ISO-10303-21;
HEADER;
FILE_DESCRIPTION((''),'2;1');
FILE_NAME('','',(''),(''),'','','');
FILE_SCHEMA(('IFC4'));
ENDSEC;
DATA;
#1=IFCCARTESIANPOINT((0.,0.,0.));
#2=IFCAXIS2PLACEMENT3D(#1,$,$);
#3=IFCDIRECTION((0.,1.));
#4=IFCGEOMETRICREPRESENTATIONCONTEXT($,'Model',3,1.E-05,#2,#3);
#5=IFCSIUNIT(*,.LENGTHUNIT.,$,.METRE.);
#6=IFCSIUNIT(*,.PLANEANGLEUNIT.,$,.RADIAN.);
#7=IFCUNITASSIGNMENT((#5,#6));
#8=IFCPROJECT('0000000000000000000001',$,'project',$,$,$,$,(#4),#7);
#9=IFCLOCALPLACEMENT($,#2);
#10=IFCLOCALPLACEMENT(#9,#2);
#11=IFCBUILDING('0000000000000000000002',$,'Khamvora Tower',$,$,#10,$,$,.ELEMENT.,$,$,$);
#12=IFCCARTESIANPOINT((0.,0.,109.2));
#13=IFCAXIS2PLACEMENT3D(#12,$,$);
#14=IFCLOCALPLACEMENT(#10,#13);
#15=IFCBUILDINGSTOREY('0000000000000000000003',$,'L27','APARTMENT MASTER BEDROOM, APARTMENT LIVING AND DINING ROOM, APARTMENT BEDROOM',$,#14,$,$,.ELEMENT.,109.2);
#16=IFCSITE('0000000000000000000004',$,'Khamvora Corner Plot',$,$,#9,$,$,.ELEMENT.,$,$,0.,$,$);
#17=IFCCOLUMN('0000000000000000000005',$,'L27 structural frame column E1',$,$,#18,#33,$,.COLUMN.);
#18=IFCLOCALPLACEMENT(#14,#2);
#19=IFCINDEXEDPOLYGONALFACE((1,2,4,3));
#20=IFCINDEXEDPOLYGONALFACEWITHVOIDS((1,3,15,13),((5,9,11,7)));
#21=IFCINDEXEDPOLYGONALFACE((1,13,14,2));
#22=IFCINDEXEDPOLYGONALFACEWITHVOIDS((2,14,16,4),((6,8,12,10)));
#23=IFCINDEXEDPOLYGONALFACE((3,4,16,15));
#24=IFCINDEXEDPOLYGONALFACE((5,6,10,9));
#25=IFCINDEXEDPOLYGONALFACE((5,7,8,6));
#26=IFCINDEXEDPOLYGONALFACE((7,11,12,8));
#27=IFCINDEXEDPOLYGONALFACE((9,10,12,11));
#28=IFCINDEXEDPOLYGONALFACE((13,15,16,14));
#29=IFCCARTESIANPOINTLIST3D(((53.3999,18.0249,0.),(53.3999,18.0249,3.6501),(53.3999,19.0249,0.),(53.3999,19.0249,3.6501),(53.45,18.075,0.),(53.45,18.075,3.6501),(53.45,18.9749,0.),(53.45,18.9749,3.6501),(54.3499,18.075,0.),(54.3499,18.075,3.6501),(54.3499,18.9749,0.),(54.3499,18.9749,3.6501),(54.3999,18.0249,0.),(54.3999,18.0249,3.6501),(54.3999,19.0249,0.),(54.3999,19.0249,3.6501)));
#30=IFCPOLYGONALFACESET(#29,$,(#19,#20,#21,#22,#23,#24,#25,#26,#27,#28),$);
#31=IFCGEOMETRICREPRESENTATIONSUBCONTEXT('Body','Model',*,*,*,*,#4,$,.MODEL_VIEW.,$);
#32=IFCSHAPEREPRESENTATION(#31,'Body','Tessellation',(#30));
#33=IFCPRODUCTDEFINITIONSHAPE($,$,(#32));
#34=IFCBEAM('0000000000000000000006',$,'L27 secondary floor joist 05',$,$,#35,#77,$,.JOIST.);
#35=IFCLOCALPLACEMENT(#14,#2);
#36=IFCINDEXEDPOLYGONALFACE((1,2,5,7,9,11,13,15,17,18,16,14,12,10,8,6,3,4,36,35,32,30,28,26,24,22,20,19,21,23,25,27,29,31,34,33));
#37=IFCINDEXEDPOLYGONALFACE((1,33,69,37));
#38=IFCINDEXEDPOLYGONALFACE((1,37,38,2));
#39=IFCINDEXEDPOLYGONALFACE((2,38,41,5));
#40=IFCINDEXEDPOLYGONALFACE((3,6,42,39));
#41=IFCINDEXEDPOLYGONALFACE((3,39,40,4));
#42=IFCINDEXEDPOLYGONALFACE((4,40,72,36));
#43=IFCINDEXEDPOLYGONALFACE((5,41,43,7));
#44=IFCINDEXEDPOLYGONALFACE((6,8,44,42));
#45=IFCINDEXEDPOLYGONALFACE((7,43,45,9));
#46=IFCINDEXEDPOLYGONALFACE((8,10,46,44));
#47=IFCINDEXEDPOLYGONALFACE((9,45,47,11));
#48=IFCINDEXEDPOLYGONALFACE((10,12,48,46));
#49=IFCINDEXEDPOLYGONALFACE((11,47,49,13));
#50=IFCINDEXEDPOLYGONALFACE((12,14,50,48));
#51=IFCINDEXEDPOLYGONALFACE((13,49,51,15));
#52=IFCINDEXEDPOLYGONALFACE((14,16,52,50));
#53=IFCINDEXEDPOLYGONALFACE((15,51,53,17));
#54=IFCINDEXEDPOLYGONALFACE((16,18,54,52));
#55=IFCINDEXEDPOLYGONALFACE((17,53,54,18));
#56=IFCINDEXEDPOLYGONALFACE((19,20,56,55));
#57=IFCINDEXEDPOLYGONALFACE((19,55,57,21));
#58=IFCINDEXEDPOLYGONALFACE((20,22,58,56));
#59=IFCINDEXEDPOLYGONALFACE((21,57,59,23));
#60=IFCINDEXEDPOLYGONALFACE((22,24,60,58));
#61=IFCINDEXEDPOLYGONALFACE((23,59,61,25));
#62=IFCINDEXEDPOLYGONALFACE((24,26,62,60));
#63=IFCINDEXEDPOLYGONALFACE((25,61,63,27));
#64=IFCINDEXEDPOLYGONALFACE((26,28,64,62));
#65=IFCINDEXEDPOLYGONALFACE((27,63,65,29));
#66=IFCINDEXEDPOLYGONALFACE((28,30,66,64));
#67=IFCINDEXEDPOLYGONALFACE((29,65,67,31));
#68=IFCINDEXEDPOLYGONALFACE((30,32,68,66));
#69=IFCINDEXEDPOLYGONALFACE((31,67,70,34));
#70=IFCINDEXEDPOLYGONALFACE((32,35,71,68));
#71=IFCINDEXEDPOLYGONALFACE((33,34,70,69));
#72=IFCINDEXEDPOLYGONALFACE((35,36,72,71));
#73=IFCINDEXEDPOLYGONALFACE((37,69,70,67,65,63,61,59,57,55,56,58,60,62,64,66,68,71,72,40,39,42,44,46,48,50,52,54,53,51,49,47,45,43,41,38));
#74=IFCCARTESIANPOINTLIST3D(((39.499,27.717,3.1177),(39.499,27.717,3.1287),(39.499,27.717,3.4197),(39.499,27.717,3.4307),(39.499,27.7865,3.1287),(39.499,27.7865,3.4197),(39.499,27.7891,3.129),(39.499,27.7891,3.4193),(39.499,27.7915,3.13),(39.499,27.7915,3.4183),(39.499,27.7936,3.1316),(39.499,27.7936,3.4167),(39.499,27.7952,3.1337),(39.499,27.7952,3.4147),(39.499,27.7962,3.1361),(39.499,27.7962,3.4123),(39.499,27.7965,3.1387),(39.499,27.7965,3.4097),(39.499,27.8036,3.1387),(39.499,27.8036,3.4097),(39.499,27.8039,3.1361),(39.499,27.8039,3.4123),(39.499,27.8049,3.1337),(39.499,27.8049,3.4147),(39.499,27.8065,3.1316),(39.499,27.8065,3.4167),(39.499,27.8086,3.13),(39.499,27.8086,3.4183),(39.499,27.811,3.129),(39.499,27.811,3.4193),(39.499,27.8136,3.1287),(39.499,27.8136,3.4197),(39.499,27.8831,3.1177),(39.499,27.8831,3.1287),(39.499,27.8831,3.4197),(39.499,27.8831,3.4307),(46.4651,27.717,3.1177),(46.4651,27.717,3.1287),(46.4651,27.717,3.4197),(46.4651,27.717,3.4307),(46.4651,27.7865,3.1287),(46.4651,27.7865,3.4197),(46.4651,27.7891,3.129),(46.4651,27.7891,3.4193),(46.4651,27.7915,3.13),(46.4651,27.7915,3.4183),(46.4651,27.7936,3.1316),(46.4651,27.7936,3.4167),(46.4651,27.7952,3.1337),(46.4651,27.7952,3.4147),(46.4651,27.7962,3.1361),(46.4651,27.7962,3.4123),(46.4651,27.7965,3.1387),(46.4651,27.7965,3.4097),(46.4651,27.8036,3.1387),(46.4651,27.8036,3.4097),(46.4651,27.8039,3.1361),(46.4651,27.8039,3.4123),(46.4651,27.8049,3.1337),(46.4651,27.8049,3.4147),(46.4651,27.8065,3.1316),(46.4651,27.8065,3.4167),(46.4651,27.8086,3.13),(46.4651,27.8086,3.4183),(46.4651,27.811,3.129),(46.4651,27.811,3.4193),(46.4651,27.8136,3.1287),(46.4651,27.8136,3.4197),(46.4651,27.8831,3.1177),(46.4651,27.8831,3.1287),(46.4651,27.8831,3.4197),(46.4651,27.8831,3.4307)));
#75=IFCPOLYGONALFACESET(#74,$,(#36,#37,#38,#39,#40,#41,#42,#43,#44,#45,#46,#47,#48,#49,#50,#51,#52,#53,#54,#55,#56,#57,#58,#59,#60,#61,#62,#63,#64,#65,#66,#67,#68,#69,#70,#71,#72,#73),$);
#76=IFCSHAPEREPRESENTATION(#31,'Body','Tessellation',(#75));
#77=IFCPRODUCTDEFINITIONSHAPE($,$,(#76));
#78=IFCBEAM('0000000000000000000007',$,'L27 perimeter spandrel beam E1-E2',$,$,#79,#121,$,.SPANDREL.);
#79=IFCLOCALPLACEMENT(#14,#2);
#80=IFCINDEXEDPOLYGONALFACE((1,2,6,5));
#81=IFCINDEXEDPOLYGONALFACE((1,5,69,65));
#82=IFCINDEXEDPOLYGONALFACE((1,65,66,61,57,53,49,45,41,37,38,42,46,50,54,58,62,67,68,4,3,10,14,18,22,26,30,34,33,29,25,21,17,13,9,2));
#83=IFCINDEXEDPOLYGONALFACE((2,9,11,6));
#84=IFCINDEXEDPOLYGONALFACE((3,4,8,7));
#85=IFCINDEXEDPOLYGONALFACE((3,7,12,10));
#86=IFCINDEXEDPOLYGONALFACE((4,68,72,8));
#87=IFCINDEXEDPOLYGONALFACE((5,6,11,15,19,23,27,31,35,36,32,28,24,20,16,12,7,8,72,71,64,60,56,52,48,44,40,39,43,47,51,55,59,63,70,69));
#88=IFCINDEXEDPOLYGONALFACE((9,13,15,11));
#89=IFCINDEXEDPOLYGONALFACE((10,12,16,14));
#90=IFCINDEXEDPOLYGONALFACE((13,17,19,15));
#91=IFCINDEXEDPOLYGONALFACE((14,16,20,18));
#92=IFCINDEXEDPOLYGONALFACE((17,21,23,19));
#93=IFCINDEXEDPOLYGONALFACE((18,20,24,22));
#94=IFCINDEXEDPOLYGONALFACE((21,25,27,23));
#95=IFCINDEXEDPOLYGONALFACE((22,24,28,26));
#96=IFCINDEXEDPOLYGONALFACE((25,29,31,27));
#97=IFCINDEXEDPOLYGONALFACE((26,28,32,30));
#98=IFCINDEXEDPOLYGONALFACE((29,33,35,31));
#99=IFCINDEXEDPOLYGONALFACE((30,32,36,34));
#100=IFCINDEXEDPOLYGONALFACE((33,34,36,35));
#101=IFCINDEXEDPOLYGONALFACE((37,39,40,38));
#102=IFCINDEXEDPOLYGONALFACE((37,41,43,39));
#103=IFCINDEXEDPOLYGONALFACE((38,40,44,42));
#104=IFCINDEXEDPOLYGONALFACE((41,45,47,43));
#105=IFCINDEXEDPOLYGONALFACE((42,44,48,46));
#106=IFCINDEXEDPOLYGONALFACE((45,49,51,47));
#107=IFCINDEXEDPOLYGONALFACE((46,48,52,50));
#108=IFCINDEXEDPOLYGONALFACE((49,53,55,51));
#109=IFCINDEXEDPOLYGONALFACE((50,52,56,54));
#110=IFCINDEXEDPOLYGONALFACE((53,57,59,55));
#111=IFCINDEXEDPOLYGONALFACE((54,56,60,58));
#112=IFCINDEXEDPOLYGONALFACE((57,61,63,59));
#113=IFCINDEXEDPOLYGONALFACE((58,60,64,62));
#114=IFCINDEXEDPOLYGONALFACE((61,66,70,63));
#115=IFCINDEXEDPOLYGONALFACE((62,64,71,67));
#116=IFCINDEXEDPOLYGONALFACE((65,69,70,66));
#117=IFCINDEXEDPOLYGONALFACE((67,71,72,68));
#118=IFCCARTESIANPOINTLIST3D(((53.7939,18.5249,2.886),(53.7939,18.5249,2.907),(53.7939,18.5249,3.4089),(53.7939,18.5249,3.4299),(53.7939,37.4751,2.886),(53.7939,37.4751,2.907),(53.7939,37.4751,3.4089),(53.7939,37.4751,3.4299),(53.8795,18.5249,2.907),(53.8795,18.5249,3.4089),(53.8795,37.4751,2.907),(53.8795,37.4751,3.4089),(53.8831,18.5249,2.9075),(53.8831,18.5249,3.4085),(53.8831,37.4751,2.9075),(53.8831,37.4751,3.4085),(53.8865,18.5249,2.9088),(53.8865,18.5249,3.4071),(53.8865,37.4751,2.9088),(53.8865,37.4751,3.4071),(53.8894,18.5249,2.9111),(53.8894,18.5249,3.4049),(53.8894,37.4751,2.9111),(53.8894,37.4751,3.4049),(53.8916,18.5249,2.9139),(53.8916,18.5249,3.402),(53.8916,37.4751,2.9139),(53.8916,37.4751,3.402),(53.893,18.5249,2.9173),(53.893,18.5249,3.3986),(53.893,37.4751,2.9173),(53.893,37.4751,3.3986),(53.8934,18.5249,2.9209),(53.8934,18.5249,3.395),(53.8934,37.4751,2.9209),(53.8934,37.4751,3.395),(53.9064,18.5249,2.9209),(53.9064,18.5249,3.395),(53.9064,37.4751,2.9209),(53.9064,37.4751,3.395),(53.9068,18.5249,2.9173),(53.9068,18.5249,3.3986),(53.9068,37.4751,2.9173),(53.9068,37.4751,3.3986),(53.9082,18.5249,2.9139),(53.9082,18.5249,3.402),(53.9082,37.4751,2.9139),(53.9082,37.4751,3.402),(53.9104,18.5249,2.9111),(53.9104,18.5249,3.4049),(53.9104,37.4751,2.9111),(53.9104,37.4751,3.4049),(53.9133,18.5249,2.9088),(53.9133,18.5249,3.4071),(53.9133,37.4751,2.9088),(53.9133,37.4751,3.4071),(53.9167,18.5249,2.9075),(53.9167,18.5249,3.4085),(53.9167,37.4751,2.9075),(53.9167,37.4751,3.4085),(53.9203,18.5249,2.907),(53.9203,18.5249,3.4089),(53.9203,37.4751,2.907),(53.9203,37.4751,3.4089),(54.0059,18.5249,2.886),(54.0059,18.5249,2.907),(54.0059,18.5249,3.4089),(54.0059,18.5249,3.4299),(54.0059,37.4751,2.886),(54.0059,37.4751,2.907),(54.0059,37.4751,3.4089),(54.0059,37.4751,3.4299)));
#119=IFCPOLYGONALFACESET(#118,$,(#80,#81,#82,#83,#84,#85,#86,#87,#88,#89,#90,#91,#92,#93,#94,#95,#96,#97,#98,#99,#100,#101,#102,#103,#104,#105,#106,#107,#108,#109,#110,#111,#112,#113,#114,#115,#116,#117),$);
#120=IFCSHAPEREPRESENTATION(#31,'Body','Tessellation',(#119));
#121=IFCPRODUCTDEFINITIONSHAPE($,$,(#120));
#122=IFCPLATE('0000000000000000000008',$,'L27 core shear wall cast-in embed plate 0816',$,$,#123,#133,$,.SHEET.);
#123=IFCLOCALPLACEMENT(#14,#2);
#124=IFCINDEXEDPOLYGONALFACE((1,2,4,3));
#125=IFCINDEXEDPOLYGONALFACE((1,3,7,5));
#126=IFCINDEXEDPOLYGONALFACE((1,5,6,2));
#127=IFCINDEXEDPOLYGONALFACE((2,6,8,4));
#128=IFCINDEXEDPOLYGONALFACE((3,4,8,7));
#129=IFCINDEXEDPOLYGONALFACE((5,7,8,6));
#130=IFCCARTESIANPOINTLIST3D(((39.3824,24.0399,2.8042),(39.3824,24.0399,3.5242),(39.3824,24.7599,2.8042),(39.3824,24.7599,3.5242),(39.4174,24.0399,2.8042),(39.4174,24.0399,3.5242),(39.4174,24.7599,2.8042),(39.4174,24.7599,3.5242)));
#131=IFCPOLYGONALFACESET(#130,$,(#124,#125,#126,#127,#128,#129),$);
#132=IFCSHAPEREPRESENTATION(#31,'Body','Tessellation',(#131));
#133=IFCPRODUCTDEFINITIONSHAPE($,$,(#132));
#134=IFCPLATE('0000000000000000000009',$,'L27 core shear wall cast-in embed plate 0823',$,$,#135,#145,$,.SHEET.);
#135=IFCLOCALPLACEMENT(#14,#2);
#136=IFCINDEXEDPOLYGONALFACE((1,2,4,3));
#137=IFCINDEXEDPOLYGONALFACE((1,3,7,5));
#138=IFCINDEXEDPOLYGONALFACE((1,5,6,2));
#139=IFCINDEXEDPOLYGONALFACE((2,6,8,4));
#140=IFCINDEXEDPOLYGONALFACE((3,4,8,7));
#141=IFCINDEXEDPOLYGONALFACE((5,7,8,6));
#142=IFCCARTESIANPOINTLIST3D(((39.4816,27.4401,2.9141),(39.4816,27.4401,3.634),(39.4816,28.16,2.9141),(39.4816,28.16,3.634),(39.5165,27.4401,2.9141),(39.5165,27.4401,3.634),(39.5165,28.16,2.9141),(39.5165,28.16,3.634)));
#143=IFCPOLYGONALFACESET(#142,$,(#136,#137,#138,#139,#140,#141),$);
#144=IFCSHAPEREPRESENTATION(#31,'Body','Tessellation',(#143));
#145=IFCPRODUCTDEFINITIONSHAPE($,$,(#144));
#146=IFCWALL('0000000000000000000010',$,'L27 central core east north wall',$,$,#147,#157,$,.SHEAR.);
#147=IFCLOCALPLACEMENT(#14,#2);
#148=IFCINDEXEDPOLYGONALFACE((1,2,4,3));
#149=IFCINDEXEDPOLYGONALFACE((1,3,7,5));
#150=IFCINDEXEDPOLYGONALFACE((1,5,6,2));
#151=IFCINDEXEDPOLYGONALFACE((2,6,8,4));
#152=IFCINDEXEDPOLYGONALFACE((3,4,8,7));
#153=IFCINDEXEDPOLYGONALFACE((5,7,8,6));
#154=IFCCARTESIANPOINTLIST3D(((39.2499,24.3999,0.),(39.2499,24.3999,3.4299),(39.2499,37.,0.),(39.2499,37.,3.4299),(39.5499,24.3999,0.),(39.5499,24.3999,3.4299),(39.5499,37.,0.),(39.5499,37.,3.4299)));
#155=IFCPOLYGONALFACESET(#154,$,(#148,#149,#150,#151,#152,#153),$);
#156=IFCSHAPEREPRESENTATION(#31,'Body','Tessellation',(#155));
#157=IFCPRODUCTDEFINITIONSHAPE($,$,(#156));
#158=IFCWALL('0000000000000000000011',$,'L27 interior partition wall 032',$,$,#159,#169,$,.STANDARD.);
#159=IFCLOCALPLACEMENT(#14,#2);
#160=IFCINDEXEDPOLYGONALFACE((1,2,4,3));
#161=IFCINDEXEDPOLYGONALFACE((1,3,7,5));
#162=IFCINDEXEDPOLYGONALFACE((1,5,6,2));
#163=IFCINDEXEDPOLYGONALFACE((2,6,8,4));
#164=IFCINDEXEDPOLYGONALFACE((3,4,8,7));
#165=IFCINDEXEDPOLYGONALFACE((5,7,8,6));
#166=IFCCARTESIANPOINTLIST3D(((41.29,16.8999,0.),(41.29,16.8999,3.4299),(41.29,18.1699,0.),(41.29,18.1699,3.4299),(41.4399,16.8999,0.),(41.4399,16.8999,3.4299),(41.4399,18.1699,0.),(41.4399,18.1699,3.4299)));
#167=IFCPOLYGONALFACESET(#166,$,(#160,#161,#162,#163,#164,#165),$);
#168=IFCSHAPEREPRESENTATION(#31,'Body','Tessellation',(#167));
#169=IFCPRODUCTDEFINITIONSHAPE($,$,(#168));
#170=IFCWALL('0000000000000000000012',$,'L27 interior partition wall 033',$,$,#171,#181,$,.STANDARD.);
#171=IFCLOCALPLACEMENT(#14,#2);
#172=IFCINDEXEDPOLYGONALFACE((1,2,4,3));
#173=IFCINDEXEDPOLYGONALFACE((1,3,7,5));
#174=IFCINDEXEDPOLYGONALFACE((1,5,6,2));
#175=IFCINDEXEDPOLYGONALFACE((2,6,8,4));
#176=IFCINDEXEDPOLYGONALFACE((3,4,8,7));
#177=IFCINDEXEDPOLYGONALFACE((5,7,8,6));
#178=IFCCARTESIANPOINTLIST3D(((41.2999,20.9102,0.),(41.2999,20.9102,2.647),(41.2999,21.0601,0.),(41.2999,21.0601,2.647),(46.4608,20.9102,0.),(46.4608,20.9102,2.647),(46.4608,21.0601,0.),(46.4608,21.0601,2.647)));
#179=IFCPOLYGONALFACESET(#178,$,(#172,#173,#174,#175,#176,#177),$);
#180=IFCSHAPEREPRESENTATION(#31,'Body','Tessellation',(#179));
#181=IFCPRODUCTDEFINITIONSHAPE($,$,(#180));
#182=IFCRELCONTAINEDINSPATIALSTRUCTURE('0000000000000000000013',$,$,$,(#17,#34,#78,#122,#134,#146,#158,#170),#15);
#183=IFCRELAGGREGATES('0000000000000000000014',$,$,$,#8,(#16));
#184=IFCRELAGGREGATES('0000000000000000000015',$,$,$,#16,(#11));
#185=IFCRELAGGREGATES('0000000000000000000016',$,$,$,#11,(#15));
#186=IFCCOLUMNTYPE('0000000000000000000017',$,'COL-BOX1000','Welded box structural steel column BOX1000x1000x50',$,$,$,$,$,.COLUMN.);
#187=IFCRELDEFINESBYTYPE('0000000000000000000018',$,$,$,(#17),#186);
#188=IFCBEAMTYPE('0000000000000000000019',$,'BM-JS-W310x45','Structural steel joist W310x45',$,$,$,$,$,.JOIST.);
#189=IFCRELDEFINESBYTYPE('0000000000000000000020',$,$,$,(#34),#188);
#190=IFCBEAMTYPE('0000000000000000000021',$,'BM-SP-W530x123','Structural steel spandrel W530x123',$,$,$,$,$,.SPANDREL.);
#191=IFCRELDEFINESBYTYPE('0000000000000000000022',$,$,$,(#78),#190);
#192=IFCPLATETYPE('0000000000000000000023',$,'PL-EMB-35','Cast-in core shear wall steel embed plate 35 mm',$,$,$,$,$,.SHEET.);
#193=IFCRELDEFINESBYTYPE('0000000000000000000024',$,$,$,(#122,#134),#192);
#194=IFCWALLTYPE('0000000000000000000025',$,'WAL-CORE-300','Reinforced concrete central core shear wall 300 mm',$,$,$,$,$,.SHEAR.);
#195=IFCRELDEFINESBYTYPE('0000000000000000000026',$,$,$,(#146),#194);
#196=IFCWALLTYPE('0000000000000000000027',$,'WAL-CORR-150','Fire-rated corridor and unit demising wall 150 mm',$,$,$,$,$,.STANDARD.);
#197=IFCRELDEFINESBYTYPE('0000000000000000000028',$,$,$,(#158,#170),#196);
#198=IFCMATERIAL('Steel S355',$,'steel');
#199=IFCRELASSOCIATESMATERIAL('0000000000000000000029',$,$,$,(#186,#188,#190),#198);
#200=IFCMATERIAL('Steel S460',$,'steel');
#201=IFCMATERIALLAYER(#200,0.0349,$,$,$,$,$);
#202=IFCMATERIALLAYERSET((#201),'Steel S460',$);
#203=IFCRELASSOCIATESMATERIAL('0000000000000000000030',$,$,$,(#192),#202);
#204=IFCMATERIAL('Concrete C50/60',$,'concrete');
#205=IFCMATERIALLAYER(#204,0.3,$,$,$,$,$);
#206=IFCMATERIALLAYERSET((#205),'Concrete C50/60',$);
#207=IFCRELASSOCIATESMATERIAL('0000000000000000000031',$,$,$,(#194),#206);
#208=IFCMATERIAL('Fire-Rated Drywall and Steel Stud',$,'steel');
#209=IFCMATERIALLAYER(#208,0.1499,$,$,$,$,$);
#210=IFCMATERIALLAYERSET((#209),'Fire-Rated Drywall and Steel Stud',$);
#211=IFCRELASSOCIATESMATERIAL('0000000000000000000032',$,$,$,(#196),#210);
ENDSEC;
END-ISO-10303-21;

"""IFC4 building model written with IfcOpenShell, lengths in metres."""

from ifc_helpers import new_model, si_unit, direction, frame, frame_2d, origin, origin_2d, place, context, subcontext, project, spatial, rectangle, hollow_rectangle, i_section, extrude, material, layer, layer_set, material_profile, profile_set, type_object, element, save


model = new_model("IFC4")

# Units and contexts
model_context = context("Model", 3, precision=1e-05, world=origin(), true_north=direction((0.0, 1.0)))
body_context = subcontext(model_context, "Body", "Model", "MODEL_VIEW")
ifc_project = project(units=[si_unit("LENGTHUNIT", "METRE"), si_unit("PLANEANGLEUNIT", "RADIAN")], contexts=[model_context])

# Site, building, storey
site_placement = place(None, origin())
site = spatial("IfcSite", under=ifc_project, at=site_placement, Name="Khamvora Corner Plot", CompositionType="ELEMENT", RefElevation=0.0)
building_placement = place(site_placement, origin())
building = spatial("IfcBuilding", under=site, at=building_placement, Name="Khamvora Tower", CompositionType="ELEMENT")
storey_placement = place(building_placement, frame((0.0, 0.0, 109.2)))
storey = spatial("IfcBuildingStorey", under=building, at=storey_placement, Name="L27", Description="APARTMENT MASTER BEDROOM, APARTMENT LIVING AND DINING ROOM, APARTMENT BEDROOM", CompositionType="ELEMENT", Elevation=109.2)

# Column
ifc_material_1 = material(Name="Steel S355", Category="steel")
ifc_material_profile_1 = material_profile(ifc_material_1, hollow_rectangle(XDim=1.0, YDim=1.0, WallThickness=0.05, at=origin_2d()), Name="BOX1000x1000x50")
ifc_profile_set_1 = profile_set([ifc_material_profile_1], Name="Steel S355")
column_type = type_object("IfcColumnType", Name="COL-BOX1000", Description="Welded box structural steel column BOX1000x1000x50", PredefinedType="COLUMN", material=ifc_profile_set_1)
column_placement = place(storey_placement, frame((53.8999, 18.5249, 0.0), z_axis=(0.0, 0.0, 1.0), x_axis=(1.0, 0.0, 0.0)))
element("IfcColumn", 1, at=column_placement, inside=storey, type_object=column_type, Name="L27 structural frame column E1", PredefinedType="COLUMN", context=body_context, shape_type="SweptSolid", body=[
    extrude(hollow_rectangle(XDim=1.0, YDim=1.0, WallThickness=0.05, at=origin_2d()), origin(), (0.0, 0.0, 1.0), 3.6501),
])

# Beams
ifc_material_profile_2 = material_profile(ifc_material_1, i_section(OverallWidth=0.166, OverallDepth=0.313, WebThickness=0.0071, FlangeThickness=0.011, FilletRadius=0.01, at=origin_2d()), Name="W310x45")
ifc_profile_set_2 = profile_set([ifc_material_profile_2], Name="Steel S355")
beam_type_1 = type_object("IfcBeamType", Name="BM-JS-W310x45", Description="Structural steel joist W310x45", PredefinedType="JOIST", material=ifc_profile_set_2)
beam_1_placement = place(storey_placement, frame((39.499, 27.8, 3.2742), z_axis=(1.0, 0.0, 0.0), x_axis=(0.0, 1.0, 0.0)))
element("IfcBeam", 2, at=beam_1_placement, inside=storey, type_object=beam_type_1, Name="L27 secondary floor joist 05", PredefinedType="JOIST", context=body_context, shape_type="SweptSolid", body=[
    extrude(i_section(OverallWidth=0.166, OverallDepth=0.313, WebThickness=0.0071, FlangeThickness=0.011, FilletRadius=0.01, at=origin_2d()), origin(), (0.0, 0.0, 1.0), 6.9661),
])
ifc_material_profile_3 = material_profile(ifc_material_1, i_section(OverallWidth=0.2119, OverallDepth=0.5439, WebThickness=0.0129, FlangeThickness=0.021, FilletRadius=0.0139, at=origin_2d()), Name="W530x123")
ifc_profile_set_3 = profile_set([ifc_material_profile_3], Name="Steel S355")
beam_type_2 = type_object("IfcBeamType", Name="BM-SP-W530x123", Description="Structural steel spandrel W530x123", PredefinedType="SPANDREL", material=ifc_profile_set_3)
beam_2_placement = place(storey_placement, frame((53.8999, 18.5249, 3.158), z_axis=(0.0, 1.0, 0.0), x_axis=(-1.0, 0.0, 0.0)))
element("IfcBeam", 3, at=beam_2_placement, inside=storey, type_object=beam_type_2, Name="L27 perimeter spandrel beam E1-E2", PredefinedType="SPANDREL", context=body_context, shape_type="SweptSolid", body=[
    extrude(i_section(OverallWidth=0.2119, OverallDepth=0.5439, WebThickness=0.0129, FlangeThickness=0.021, FilletRadius=0.0139, at=origin_2d()), origin(), (0.0, 0.0, 1.0), 18.9502),
])

# Plates
ifc_material_2 = material(Name="Steel S460", Category="steel")
ifc_layer_1 = layer(ifc_material_2, 0.0349)
ifc_layer_set_1 = layer_set([ifc_layer_1], Name="Steel S460")
plate_type = type_object("IfcPlateType", Name="PL-EMB-35", Description="Cast-in core shear wall steel embed plate 35 mm", PredefinedType="SHEET", material=ifc_layer_set_1)
for number, where, z_axis, x_axis, name in (
    (4, (39.3999, 24.3999, 2.8042), (0.0, 0.0, 1.0), (1.0, 0.0, 0.0), "L27 core shear wall cast-in embed plate 0816"),
    (5, (39.499, 27.8, 2.9141), (0.0, 0.0, 1.0), (1.0, 0.0, 0.0), "L27 core shear wall cast-in embed plate 0823"),
):
    element("IfcPlate", number, at=place(storey_placement, frame(where, z_axis=z_axis, x_axis=x_axis)), inside=storey, type_object=plate_type, Name=name, PredefinedType="SHEET", context=body_context, shape_type="SweptSolid", body=[
        extrude(rectangle(XDim=0.0349, YDim=0.72, at=origin_2d()), origin(), (0.0, 0.0, 1.0), 0.72),
    ])

# Wall
ifc_material_3 = material(Name="Concrete C50/60", Category="concrete")
ifc_layer_2 = layer(ifc_material_3, 0.3)
ifc_layer_set_2 = layer_set([ifc_layer_2], Name="Concrete C50/60")
wall_type_1 = type_object("IfcWallType", Name="WAL-CORE-300", Description="Reinforced concrete central core shear wall 300 mm", PredefinedType="SHEAR", material=ifc_layer_set_2)
wall_1_placement = place(storey_placement, frame((39.3999, 24.3999, 0.0), z_axis=(0.0, 0.0, 1.0), x_axis=(0.0, 1.0, 0.0)))
element("IfcWall", 6, at=wall_1_placement, inside=storey, type_object=wall_type_1, Name="L27 central core east north wall", PredefinedType="SHEAR", context=body_context, shape_type="SweptSolid", body=[
    extrude(rectangle(XDim=12.6001, YDim=0.3, at=frame_2d((6.3, 0.0))), origin(), (0.0, 0.0, 1.0), 3.4299),
])

# Shared definitions
ifc_material_4 = material(Name="Fire-Rated Drywall and Steel Stud", Category="steel")
ifc_layer_3 = layer(ifc_material_4, 0.1499)
ifc_layer_set_3 = layer_set([ifc_layer_3], Name="Fire-Rated Drywall and Steel Stud")
wall_type_2 = type_object("IfcWallType", Name="WAL-CORR-150", Description="Fire-rated corridor and unit demising wall 150 mm", PredefinedType="STANDARD", material=ifc_layer_set_3)

# Walls
wall_2_placement = place(storey_placement, frame((41.365, 18.1699, 0.0), z_axis=(0.0, 0.0, 1.0), x_axis=(0.0, -1.0, 0.0)))
element("IfcWall", 7, at=wall_2_placement, inside=storey, type_object=wall_type_2, Name="L27 interior partition wall 032", PredefinedType="STANDARD", context=body_context, shape_type="SweptSolid", body=[
    extrude(rectangle(XDim=1.27, YDim=0.1499, at=frame_2d((0.635, 0.0))), origin(), (0.0, 0.0, 1.0), 3.4299),
])
wall_3_placement = place(storey_placement, frame((46.4609, 20.9851, 0.0), z_axis=(0.0, 0.0, 1.0), x_axis=(-1.0, 0.0, 0.0)))
element("IfcWall", 8, at=wall_3_placement, inside=storey, type_object=wall_type_2, Name="L27 interior partition wall 033", PredefinedType="STANDARD", context=body_context, shape_type="SweptSolid", body=[
    extrude(rectangle(XDim=5.1609, YDim=0.1499, at=frame_2d((2.5806, 0.0))), origin(), (0.0, 0.0, 1.0), 2.647),
])

save(model, "model.ifc")
